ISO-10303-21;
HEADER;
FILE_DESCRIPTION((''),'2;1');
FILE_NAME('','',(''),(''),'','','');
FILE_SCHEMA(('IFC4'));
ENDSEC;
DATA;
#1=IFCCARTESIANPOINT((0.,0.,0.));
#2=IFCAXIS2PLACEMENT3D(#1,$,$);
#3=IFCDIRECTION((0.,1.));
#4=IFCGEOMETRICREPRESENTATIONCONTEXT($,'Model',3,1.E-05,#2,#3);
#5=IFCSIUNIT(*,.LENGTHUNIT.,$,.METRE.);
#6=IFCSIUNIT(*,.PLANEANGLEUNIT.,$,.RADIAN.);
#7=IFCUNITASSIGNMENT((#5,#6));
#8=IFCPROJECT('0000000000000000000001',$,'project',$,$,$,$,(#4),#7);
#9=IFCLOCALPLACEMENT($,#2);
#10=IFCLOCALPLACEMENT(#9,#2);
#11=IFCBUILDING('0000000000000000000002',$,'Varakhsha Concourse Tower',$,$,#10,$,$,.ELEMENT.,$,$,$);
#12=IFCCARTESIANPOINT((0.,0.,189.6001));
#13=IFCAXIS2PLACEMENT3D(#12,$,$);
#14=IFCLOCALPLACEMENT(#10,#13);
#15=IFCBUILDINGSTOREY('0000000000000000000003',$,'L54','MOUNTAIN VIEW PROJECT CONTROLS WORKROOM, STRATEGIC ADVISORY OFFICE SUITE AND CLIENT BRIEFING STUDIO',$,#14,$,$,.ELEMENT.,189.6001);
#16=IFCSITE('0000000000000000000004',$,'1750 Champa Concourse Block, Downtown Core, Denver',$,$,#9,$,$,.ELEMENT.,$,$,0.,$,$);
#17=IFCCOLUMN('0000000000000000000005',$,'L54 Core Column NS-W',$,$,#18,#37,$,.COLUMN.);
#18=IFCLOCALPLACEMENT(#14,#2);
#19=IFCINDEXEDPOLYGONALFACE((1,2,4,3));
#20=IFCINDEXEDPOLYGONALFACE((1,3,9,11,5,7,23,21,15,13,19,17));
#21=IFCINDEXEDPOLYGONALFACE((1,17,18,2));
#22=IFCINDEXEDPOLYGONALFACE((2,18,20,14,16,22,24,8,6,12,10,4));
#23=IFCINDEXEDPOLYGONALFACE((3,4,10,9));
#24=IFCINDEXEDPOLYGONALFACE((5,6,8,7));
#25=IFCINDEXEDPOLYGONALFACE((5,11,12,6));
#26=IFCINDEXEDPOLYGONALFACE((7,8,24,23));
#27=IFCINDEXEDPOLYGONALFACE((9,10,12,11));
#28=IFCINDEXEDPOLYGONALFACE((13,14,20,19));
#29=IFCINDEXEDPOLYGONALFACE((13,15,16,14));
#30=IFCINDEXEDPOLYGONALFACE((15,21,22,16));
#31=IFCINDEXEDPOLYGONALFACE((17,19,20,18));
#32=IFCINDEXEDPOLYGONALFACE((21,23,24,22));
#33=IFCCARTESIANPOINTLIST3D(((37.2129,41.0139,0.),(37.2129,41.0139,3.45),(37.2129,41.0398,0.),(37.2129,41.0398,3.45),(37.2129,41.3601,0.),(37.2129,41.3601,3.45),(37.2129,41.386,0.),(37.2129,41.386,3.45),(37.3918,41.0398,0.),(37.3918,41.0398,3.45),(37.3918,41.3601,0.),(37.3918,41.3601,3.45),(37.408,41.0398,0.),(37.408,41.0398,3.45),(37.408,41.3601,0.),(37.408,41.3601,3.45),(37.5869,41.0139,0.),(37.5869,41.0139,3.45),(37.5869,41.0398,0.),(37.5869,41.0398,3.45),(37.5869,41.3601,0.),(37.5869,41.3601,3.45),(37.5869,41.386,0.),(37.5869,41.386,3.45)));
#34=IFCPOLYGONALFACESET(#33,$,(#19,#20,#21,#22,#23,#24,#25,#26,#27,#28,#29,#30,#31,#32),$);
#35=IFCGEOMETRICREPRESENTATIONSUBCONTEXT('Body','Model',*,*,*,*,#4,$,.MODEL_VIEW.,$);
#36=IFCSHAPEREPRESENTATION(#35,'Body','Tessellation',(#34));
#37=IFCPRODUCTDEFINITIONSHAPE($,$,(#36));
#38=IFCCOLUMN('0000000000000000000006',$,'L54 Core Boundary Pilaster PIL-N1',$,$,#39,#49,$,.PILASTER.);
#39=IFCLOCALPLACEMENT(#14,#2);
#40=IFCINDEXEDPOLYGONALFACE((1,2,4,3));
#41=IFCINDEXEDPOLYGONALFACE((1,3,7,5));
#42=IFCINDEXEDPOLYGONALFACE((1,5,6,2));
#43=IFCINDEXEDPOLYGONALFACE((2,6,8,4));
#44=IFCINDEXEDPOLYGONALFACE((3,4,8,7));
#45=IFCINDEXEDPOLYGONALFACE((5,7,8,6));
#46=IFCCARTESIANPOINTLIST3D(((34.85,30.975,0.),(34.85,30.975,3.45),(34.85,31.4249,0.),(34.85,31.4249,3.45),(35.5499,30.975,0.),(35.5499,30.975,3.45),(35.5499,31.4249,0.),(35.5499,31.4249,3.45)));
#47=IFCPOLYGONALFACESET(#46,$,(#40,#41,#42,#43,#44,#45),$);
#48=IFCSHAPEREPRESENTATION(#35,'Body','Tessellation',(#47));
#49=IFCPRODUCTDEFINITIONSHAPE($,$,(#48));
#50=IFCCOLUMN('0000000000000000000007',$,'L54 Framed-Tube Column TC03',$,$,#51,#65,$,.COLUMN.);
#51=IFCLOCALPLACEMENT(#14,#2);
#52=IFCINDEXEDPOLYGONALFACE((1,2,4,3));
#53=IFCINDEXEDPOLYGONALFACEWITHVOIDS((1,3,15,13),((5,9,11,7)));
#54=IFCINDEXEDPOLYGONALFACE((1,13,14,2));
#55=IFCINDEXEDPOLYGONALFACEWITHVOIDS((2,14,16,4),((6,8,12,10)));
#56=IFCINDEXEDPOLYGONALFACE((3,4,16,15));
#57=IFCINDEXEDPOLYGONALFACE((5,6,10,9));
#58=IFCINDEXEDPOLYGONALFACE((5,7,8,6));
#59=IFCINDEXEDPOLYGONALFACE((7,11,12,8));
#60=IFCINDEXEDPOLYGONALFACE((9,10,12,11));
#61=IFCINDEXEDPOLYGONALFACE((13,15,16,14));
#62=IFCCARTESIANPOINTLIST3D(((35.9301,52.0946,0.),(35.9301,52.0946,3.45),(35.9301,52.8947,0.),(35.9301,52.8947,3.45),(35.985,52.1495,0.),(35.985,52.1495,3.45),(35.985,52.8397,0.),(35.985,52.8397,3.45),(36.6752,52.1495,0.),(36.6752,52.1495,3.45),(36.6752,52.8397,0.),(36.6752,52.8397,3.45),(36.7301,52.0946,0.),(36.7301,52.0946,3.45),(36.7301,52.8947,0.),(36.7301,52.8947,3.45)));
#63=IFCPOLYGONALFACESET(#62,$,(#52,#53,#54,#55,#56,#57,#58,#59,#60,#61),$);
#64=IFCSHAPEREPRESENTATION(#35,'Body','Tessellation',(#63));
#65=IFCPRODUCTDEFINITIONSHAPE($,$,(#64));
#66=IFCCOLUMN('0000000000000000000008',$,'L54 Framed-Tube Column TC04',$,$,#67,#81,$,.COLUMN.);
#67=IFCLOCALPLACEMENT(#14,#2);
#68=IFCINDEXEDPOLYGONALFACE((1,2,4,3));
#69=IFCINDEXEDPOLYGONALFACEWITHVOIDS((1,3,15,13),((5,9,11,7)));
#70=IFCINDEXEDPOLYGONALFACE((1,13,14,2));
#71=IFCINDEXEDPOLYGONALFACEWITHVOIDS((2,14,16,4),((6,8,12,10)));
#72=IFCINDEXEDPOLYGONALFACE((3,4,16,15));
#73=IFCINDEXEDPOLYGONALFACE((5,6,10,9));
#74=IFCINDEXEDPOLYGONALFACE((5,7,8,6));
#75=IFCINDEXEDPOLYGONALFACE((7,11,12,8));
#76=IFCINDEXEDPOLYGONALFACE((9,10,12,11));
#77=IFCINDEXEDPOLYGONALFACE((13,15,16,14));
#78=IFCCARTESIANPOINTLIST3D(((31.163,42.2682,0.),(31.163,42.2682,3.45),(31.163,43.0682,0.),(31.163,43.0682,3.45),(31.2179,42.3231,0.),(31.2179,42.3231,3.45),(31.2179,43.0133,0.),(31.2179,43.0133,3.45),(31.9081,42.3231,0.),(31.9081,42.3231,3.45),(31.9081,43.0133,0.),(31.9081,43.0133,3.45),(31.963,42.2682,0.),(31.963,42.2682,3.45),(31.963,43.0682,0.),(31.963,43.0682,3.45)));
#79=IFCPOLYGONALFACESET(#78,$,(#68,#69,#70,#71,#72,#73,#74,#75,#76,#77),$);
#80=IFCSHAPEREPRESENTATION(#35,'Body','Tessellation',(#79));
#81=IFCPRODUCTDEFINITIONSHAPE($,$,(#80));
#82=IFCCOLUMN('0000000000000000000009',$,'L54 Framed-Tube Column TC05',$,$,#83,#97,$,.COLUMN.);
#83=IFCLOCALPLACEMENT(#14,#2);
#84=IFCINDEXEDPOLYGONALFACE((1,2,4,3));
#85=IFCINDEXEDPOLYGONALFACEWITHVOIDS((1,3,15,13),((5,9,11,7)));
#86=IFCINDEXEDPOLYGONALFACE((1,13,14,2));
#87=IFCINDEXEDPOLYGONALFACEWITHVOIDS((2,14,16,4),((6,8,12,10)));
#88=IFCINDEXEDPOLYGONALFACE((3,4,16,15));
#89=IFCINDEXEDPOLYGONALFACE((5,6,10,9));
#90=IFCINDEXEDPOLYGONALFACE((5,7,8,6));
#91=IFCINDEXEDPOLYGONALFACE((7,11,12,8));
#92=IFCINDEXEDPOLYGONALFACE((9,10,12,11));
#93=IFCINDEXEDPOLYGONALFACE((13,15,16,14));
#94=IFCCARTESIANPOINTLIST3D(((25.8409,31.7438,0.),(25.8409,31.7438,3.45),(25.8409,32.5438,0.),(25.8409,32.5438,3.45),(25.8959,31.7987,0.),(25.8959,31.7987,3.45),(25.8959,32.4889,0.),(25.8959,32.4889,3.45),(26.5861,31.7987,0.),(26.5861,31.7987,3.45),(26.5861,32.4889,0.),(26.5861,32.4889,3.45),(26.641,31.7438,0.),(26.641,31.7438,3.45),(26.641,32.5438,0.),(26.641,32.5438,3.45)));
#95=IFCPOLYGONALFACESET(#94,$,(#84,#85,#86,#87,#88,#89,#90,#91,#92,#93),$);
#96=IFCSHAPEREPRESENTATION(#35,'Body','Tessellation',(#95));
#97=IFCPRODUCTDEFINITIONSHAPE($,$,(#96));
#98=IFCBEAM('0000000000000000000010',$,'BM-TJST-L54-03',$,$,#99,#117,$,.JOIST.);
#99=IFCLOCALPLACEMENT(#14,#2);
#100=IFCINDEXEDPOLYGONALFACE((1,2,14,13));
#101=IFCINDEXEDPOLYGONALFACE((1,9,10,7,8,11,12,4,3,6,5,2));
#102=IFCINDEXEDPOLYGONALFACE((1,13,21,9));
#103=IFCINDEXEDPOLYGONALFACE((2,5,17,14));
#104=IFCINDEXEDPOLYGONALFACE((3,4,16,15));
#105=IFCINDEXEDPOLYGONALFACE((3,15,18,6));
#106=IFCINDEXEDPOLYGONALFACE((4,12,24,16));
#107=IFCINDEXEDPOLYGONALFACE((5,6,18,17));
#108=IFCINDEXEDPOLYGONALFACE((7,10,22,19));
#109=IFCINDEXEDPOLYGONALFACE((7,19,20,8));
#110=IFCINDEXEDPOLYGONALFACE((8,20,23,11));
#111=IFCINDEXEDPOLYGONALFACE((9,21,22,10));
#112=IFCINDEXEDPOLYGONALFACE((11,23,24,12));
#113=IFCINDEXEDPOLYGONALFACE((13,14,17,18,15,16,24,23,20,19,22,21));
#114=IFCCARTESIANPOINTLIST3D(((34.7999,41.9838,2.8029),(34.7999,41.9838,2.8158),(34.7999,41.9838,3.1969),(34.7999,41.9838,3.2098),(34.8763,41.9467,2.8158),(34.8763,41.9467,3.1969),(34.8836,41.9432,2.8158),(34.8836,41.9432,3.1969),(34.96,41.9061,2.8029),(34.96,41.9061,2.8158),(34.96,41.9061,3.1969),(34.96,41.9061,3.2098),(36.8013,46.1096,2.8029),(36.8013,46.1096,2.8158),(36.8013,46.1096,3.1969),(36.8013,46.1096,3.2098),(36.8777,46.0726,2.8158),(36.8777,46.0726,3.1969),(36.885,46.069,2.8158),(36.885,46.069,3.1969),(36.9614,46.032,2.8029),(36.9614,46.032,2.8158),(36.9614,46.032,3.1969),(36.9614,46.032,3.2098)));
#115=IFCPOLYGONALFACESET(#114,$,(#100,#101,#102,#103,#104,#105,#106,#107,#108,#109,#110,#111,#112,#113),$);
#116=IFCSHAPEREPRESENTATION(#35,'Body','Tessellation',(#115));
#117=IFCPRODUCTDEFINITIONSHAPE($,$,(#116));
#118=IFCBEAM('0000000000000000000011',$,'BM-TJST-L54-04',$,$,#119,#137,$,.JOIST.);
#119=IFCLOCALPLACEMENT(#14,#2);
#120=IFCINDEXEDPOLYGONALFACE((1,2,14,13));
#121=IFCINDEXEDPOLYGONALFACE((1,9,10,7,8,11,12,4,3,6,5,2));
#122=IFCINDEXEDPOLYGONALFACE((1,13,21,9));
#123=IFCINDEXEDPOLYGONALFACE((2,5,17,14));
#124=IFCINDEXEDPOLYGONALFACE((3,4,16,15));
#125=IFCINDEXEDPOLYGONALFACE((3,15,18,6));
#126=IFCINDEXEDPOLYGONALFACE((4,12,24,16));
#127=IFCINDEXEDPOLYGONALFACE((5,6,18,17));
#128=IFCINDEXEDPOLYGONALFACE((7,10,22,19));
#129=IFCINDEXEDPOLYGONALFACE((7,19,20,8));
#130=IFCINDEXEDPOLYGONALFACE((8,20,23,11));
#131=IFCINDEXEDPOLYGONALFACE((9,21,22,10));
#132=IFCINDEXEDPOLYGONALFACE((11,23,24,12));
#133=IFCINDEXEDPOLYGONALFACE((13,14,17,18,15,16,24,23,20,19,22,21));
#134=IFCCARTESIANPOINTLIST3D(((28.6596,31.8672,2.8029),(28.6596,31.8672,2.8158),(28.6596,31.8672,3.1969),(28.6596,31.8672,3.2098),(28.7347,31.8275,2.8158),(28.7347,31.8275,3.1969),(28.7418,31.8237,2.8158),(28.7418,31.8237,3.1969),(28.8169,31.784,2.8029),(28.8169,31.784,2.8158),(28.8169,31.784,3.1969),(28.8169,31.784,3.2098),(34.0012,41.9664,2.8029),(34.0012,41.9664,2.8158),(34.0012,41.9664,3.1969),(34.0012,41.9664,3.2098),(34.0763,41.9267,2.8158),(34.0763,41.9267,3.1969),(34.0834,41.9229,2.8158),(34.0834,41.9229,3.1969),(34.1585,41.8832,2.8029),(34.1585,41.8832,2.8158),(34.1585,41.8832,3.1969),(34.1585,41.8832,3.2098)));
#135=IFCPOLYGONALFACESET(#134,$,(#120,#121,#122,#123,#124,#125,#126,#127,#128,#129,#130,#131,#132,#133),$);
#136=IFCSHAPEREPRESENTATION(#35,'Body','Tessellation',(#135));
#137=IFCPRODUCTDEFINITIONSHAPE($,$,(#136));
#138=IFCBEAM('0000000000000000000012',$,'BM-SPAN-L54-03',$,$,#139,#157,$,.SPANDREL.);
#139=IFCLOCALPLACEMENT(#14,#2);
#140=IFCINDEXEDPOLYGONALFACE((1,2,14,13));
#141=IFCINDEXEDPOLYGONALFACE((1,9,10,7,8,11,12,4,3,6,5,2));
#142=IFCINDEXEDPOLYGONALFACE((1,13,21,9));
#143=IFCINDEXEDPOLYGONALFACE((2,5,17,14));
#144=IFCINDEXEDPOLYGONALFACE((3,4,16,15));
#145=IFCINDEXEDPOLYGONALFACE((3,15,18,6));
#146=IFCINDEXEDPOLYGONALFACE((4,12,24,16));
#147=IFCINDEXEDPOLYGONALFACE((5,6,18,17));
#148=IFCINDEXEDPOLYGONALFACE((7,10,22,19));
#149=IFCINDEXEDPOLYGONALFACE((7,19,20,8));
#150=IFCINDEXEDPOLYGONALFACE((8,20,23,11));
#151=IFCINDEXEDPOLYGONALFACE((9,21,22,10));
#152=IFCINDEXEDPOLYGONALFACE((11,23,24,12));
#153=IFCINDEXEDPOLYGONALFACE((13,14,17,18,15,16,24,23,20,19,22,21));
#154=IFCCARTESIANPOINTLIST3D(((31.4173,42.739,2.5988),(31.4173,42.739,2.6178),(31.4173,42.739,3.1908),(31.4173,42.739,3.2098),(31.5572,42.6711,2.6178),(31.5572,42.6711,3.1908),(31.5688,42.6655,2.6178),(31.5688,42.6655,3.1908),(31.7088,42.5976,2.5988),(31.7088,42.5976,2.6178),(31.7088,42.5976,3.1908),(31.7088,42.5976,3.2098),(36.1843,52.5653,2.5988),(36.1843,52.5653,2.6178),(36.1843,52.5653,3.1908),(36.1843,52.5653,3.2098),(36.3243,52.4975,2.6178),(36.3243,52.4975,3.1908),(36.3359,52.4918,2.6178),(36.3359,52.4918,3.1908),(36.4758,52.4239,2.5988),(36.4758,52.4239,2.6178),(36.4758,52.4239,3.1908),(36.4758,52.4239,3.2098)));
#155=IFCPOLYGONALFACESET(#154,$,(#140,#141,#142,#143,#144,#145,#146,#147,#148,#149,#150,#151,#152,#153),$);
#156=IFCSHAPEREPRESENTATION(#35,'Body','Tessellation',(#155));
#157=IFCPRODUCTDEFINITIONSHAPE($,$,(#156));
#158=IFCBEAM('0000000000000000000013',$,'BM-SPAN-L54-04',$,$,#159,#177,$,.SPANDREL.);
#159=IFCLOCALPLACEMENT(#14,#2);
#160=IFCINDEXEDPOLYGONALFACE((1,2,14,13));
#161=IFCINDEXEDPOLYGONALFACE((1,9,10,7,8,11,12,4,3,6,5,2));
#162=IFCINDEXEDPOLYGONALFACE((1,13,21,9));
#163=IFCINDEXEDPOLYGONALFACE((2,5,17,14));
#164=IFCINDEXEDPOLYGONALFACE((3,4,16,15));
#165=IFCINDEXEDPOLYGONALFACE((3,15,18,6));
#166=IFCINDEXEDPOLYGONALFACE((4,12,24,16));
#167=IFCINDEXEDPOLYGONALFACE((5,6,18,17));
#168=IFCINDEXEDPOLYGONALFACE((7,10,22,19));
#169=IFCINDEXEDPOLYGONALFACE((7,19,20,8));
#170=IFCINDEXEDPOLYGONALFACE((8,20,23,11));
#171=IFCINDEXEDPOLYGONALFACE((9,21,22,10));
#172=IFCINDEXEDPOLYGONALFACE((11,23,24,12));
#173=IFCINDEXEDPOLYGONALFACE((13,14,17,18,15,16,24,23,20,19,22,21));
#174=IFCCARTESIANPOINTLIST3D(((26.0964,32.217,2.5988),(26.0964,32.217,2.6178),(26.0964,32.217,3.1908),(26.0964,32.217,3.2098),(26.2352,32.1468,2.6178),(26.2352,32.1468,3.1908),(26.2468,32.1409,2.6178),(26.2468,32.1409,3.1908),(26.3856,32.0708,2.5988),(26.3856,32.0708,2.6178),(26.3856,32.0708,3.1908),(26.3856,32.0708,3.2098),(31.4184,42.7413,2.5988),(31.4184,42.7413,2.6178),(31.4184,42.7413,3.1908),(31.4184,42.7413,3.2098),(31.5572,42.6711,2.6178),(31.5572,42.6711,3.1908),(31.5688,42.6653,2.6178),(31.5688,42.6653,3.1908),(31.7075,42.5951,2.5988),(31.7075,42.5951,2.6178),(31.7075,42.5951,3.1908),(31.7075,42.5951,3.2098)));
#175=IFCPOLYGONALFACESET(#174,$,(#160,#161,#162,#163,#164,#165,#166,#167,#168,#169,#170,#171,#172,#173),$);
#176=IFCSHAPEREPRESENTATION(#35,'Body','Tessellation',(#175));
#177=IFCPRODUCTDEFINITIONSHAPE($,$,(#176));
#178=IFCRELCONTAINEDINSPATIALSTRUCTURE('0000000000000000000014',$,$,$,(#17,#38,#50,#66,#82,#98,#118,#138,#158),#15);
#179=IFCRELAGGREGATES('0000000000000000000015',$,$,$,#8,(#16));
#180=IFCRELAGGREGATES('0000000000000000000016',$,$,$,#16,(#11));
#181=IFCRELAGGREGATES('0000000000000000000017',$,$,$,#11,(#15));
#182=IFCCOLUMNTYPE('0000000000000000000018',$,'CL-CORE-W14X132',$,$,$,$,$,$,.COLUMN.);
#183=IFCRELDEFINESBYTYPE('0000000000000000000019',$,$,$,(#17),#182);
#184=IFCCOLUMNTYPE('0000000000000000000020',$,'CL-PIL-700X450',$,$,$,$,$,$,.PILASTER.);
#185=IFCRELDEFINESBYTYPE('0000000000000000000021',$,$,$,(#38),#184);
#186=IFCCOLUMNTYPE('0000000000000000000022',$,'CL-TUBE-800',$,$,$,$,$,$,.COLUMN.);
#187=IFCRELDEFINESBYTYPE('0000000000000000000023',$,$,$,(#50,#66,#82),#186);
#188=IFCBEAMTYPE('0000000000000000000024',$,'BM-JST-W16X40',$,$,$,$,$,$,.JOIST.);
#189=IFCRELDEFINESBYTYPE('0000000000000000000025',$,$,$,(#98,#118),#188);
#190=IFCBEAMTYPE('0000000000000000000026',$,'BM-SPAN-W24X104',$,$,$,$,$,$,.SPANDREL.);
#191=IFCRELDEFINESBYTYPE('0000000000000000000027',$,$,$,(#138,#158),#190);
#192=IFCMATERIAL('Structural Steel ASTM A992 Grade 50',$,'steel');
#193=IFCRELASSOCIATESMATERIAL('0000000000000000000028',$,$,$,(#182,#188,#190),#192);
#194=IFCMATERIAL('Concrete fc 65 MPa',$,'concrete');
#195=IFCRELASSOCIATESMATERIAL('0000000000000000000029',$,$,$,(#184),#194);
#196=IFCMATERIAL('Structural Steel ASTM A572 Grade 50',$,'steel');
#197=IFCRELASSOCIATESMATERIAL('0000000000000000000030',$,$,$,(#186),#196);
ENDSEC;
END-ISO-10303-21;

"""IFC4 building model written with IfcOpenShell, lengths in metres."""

from ifc_helpers import new_model, si_unit, direction, frame, origin, origin_2d, place, context, subcontext, project, spatial, rectangle, hollow_rectangle, i_section, extrude, material, material_profile, profile_set, type_object, element, save


model = new_model("IFC4")

# Units and contexts
model_context = context("Model", 3, precision=1e-05, world=origin(), true_north=direction((0.0, 1.0)))
body_context = subcontext(model_context, "Body", "Model", "MODEL_VIEW")
ifc_project = project(units=[si_unit("LENGTHUNIT", "METRE"), si_unit("PLANEANGLEUNIT", "RADIAN")], contexts=[model_context])

# Site, building, storey
site_placement = place(None, origin())
site = spatial("IfcSite", under=ifc_project, at=site_placement, Name="1750 Champa Concourse Block, Downtown Core, Denver", CompositionType="ELEMENT", RefElevation=0.0)
building_placement = place(site_placement, origin())
building = spatial("IfcBuilding", under=site, at=building_placement, Name="Varakhsha Concourse Tower", CompositionType="ELEMENT")
storey_placement = place(building_placement, frame((0.0, 0.0, 189.6001)))
storey = spatial("IfcBuildingStorey", under=building, at=storey_placement, Name="L54", Description="MOUNTAIN VIEW PROJECT CONTROLS WORKROOM, STRATEGIC ADVISORY OFFICE SUITE AND CLIENT BRIEFING STUDIO", CompositionType="ELEMENT", Elevation=189.6001)

# Columns
ifc_material_1 = material(Name="Structural Steel ASTM A992 Grade 50", Category="steel")
ifc_material_profile_1 = material_profile(ifc_material_1, i_section(OverallWidth=0.374, OverallDepth=0.3721, WebThickness=0.0161, FlangeThickness=0.0259, at=origin_2d()), Name="W14X132")
ifc_profile_set_1 = profile_set([ifc_material_profile_1], Name="Structural Steel ASTM A992 Grade 50")
column_type_1 = type_object("IfcColumnType", Name="CL-CORE-W14X132", PredefinedType="COLUMN", material=ifc_profile_set_1)
column_1_placement = place(storey_placement, frame((37.3999, 41.2, 0.0), z_axis=(0.0, 0.0, 1.0), x_axis=(1.0, 0.0, 0.0)))
element("IfcColumn", 1, at=column_1_placement, inside=storey, type_object=column_type_1, Name="L54 Core Column NS-W", PredefinedType="COLUMN", context=body_context, shape_type="SweptSolid", body=[
    extrude(i_section(OverallWidth=0.374, OverallDepth=0.3721, WebThickness=0.0161, FlangeThickness=0.0259, at=origin_2d()), origin(), (0.0, 0.0, 1.0), 3.45),
])
ifc_material_2 = material(Name="Concrete fc 65 MPa", Category="concrete")
ifc_material_profile_2 = material_profile(ifc_material_2, rectangle(XDim=0.7, YDim=0.45, at=origin_2d()), Name="RC 700x450")
ifc_profile_set_2 = profile_set([ifc_material_profile_2], Name="Concrete fc 65 MPa")
column_type_2 = type_object("IfcColumnType", Name="CL-PIL-700X450", PredefinedType="PILASTER", material=ifc_profile_set_2)
column_2_placement = place(storey_placement, frame((35.2, 31.2, 0.0), z_axis=(0.0, 0.0, 1.0), x_axis=(1.0, 0.0, 0.0)))
element("IfcColumn", 2, at=column_2_placement, inside=storey, type_object=column_type_2, Name="L54 Core Boundary Pilaster PIL-N1", PredefinedType="PILASTER", context=body_context, shape_type="SweptSolid", body=[
    extrude(rectangle(XDim=0.7, YDim=0.45, at=origin_2d()), origin(), (0.0, 0.0, 1.0), 3.45),
])
ifc_material_3 = material(Name="Structural Steel ASTM A572 Grade 50", Category="steel")
ifc_material_profile_3 = material_profile(ifc_material_3, hollow_rectangle(XDim=0.8, YDim=0.8, WallThickness=0.0549, at=origin_2d()), Name="BOX 800x800x55")
ifc_profile_set_3 = profile_set([ifc_material_profile_3], Name="Structural Steel ASTM A572 Grade 50")
column_type_3 = type_object("IfcColumnType", Name="CL-TUBE-800", PredefinedType="COLUMN", material=ifc_profile_set_3)
for number, where, z_axis, x_axis, name in (
    (3, (36.3301, 52.4946, 0.0), (0.0, 0.0, 1.0), (1.0, 0.0, 0.0), "L54 Framed-Tube Column TC03"),
    (4, (31.563, 42.6682, 0.0), (0.0, 0.0, 1.0), (1.0, 0.0, 0.0), "L54 Framed-Tube Column TC04"),
    (5, (26.241, 32.1438, 0.0), (0.0, 0.0, 1.0), (1.0, 0.0, 0.0), "L54 Framed-Tube Column TC05"),
):
    element("IfcColumn", number, at=place(storey_placement, frame(where, z_axis=z_axis, x_axis=x_axis)), inside=storey, type_object=column_type_3, Name=name, PredefinedType="COLUMN", context=body_context, shape_type="SweptSolid", body=[
        extrude(hollow_rectangle(XDim=0.8, YDim=0.8, WallThickness=0.0549, at=origin_2d()), origin(), (0.0, 0.0, 1.0), 3.45),
    ])

# Beams
ifc_material_profile_4 = material_profile(ifc_material_1, i_section(OverallWidth=0.178, OverallDepth=0.407, WebThickness=0.0081, FlangeThickness=0.0129, at=origin_2d()), Name="W16X40")
ifc_profile_set_4 = profile_set([ifc_material_profile_4], Name="Structural Steel ASTM A992 Grade 50")
beam_type_1 = type_object("IfcBeamType", Name="BM-JST-W16X40", PredefinedType="JOIST", material=ifc_profile_set_4)
beam_1_placement = place(storey_placement, frame((36.8813, 46.0708, 3.0063), z_axis=(-0.436449, -0.899729, 0.0), x_axis=(0.899729, -0.436449, 0.0)))
element("IfcBeam", 6, at=beam_1_placement, inside=storey, type_object=beam_type_1, Name="BM-TJST-L54-03", PredefinedType="JOIST", context=body_context, shape_type="SweptSolid", body=[
    extrude(i_section(OverallWidth=0.178, OverallDepth=0.407, WebThickness=0.0081, FlangeThickness=0.0129, at=origin_2d()), origin(), (0.0, 0.0, 1.0), 4.5857),
])
beam_2_placement = place(storey_placement, frame((34.0798, 41.9248, 3.0063), z_axis=(-0.467543, -0.88397, 0.0), x_axis=(0.88397, -0.467543, 0.0)))
element("IfcBeam", 7, at=beam_2_placement, inside=storey, type_object=beam_type_1, Name="BM-TJST-L54-04", PredefinedType="JOIST", context=body_context, shape_type="SweptSolid", body=[
    extrude(i_section(OverallWidth=0.178, OverallDepth=0.407, WebThickness=0.0081, FlangeThickness=0.0129, at=origin_2d()), origin(), (0.0, 0.0, 1.0), 11.4248),
])
ifc_material_profile_5 = material_profile(ifc_material_1, i_section(OverallWidth=0.324, OverallDepth=0.6111, WebThickness=0.0129, FlangeThickness=0.019, at=origin_2d()), Name="W24X104")
ifc_profile_set_5 = profile_set([ifc_material_profile_5], Name="Structural Steel ASTM A992 Grade 50")
beam_type_2 = type_object("IfcBeamType", Name="BM-SPAN-W24X104", PredefinedType="SPANDREL", material=ifc_profile_set_5)
beam_3_placement = place(storey_placement, frame((36.3301, 52.4946, 2.9043), z_axis=(-0.436479, -0.899715, 0.0), x_axis=(0.899715, -0.436479, 0.0)))
element("IfcBeam", 8, at=beam_3_placement, inside=storey, type_object=beam_type_2, Name="BM-SPAN-L54-03", PredefinedType="SPANDREL", context=body_context, shape_type="SweptSolid", body=[
    extrude(i_section(OverallWidth=0.324, OverallDepth=0.6111, WebThickness=0.0129, FlangeThickness=0.019, at=origin_2d()), origin(), (0.0, 0.0, 1.0), 10.9216),
])
beam_4_placement = place(storey_placement, frame((31.563, 42.6682, 2.9043), z_axis=(-0.451266, -0.892389, 0.0), x_axis=(0.892389, -0.451266, 0.0)))
element("IfcBeam", 9, at=beam_4_placement, inside=storey, type_object=beam_type_2, Name="BM-SPAN-L54-04", PredefinedType="SPANDREL", context=body_context, shape_type="SweptSolid", body=[
    extrude(i_section(OverallWidth=0.324, OverallDepth=0.6111, WebThickness=0.0129, FlangeThickness=0.019, at=origin_2d()), origin(), (0.0, 0.0, 1.0), 11.7935),
])

save(model, "model.ifc")
